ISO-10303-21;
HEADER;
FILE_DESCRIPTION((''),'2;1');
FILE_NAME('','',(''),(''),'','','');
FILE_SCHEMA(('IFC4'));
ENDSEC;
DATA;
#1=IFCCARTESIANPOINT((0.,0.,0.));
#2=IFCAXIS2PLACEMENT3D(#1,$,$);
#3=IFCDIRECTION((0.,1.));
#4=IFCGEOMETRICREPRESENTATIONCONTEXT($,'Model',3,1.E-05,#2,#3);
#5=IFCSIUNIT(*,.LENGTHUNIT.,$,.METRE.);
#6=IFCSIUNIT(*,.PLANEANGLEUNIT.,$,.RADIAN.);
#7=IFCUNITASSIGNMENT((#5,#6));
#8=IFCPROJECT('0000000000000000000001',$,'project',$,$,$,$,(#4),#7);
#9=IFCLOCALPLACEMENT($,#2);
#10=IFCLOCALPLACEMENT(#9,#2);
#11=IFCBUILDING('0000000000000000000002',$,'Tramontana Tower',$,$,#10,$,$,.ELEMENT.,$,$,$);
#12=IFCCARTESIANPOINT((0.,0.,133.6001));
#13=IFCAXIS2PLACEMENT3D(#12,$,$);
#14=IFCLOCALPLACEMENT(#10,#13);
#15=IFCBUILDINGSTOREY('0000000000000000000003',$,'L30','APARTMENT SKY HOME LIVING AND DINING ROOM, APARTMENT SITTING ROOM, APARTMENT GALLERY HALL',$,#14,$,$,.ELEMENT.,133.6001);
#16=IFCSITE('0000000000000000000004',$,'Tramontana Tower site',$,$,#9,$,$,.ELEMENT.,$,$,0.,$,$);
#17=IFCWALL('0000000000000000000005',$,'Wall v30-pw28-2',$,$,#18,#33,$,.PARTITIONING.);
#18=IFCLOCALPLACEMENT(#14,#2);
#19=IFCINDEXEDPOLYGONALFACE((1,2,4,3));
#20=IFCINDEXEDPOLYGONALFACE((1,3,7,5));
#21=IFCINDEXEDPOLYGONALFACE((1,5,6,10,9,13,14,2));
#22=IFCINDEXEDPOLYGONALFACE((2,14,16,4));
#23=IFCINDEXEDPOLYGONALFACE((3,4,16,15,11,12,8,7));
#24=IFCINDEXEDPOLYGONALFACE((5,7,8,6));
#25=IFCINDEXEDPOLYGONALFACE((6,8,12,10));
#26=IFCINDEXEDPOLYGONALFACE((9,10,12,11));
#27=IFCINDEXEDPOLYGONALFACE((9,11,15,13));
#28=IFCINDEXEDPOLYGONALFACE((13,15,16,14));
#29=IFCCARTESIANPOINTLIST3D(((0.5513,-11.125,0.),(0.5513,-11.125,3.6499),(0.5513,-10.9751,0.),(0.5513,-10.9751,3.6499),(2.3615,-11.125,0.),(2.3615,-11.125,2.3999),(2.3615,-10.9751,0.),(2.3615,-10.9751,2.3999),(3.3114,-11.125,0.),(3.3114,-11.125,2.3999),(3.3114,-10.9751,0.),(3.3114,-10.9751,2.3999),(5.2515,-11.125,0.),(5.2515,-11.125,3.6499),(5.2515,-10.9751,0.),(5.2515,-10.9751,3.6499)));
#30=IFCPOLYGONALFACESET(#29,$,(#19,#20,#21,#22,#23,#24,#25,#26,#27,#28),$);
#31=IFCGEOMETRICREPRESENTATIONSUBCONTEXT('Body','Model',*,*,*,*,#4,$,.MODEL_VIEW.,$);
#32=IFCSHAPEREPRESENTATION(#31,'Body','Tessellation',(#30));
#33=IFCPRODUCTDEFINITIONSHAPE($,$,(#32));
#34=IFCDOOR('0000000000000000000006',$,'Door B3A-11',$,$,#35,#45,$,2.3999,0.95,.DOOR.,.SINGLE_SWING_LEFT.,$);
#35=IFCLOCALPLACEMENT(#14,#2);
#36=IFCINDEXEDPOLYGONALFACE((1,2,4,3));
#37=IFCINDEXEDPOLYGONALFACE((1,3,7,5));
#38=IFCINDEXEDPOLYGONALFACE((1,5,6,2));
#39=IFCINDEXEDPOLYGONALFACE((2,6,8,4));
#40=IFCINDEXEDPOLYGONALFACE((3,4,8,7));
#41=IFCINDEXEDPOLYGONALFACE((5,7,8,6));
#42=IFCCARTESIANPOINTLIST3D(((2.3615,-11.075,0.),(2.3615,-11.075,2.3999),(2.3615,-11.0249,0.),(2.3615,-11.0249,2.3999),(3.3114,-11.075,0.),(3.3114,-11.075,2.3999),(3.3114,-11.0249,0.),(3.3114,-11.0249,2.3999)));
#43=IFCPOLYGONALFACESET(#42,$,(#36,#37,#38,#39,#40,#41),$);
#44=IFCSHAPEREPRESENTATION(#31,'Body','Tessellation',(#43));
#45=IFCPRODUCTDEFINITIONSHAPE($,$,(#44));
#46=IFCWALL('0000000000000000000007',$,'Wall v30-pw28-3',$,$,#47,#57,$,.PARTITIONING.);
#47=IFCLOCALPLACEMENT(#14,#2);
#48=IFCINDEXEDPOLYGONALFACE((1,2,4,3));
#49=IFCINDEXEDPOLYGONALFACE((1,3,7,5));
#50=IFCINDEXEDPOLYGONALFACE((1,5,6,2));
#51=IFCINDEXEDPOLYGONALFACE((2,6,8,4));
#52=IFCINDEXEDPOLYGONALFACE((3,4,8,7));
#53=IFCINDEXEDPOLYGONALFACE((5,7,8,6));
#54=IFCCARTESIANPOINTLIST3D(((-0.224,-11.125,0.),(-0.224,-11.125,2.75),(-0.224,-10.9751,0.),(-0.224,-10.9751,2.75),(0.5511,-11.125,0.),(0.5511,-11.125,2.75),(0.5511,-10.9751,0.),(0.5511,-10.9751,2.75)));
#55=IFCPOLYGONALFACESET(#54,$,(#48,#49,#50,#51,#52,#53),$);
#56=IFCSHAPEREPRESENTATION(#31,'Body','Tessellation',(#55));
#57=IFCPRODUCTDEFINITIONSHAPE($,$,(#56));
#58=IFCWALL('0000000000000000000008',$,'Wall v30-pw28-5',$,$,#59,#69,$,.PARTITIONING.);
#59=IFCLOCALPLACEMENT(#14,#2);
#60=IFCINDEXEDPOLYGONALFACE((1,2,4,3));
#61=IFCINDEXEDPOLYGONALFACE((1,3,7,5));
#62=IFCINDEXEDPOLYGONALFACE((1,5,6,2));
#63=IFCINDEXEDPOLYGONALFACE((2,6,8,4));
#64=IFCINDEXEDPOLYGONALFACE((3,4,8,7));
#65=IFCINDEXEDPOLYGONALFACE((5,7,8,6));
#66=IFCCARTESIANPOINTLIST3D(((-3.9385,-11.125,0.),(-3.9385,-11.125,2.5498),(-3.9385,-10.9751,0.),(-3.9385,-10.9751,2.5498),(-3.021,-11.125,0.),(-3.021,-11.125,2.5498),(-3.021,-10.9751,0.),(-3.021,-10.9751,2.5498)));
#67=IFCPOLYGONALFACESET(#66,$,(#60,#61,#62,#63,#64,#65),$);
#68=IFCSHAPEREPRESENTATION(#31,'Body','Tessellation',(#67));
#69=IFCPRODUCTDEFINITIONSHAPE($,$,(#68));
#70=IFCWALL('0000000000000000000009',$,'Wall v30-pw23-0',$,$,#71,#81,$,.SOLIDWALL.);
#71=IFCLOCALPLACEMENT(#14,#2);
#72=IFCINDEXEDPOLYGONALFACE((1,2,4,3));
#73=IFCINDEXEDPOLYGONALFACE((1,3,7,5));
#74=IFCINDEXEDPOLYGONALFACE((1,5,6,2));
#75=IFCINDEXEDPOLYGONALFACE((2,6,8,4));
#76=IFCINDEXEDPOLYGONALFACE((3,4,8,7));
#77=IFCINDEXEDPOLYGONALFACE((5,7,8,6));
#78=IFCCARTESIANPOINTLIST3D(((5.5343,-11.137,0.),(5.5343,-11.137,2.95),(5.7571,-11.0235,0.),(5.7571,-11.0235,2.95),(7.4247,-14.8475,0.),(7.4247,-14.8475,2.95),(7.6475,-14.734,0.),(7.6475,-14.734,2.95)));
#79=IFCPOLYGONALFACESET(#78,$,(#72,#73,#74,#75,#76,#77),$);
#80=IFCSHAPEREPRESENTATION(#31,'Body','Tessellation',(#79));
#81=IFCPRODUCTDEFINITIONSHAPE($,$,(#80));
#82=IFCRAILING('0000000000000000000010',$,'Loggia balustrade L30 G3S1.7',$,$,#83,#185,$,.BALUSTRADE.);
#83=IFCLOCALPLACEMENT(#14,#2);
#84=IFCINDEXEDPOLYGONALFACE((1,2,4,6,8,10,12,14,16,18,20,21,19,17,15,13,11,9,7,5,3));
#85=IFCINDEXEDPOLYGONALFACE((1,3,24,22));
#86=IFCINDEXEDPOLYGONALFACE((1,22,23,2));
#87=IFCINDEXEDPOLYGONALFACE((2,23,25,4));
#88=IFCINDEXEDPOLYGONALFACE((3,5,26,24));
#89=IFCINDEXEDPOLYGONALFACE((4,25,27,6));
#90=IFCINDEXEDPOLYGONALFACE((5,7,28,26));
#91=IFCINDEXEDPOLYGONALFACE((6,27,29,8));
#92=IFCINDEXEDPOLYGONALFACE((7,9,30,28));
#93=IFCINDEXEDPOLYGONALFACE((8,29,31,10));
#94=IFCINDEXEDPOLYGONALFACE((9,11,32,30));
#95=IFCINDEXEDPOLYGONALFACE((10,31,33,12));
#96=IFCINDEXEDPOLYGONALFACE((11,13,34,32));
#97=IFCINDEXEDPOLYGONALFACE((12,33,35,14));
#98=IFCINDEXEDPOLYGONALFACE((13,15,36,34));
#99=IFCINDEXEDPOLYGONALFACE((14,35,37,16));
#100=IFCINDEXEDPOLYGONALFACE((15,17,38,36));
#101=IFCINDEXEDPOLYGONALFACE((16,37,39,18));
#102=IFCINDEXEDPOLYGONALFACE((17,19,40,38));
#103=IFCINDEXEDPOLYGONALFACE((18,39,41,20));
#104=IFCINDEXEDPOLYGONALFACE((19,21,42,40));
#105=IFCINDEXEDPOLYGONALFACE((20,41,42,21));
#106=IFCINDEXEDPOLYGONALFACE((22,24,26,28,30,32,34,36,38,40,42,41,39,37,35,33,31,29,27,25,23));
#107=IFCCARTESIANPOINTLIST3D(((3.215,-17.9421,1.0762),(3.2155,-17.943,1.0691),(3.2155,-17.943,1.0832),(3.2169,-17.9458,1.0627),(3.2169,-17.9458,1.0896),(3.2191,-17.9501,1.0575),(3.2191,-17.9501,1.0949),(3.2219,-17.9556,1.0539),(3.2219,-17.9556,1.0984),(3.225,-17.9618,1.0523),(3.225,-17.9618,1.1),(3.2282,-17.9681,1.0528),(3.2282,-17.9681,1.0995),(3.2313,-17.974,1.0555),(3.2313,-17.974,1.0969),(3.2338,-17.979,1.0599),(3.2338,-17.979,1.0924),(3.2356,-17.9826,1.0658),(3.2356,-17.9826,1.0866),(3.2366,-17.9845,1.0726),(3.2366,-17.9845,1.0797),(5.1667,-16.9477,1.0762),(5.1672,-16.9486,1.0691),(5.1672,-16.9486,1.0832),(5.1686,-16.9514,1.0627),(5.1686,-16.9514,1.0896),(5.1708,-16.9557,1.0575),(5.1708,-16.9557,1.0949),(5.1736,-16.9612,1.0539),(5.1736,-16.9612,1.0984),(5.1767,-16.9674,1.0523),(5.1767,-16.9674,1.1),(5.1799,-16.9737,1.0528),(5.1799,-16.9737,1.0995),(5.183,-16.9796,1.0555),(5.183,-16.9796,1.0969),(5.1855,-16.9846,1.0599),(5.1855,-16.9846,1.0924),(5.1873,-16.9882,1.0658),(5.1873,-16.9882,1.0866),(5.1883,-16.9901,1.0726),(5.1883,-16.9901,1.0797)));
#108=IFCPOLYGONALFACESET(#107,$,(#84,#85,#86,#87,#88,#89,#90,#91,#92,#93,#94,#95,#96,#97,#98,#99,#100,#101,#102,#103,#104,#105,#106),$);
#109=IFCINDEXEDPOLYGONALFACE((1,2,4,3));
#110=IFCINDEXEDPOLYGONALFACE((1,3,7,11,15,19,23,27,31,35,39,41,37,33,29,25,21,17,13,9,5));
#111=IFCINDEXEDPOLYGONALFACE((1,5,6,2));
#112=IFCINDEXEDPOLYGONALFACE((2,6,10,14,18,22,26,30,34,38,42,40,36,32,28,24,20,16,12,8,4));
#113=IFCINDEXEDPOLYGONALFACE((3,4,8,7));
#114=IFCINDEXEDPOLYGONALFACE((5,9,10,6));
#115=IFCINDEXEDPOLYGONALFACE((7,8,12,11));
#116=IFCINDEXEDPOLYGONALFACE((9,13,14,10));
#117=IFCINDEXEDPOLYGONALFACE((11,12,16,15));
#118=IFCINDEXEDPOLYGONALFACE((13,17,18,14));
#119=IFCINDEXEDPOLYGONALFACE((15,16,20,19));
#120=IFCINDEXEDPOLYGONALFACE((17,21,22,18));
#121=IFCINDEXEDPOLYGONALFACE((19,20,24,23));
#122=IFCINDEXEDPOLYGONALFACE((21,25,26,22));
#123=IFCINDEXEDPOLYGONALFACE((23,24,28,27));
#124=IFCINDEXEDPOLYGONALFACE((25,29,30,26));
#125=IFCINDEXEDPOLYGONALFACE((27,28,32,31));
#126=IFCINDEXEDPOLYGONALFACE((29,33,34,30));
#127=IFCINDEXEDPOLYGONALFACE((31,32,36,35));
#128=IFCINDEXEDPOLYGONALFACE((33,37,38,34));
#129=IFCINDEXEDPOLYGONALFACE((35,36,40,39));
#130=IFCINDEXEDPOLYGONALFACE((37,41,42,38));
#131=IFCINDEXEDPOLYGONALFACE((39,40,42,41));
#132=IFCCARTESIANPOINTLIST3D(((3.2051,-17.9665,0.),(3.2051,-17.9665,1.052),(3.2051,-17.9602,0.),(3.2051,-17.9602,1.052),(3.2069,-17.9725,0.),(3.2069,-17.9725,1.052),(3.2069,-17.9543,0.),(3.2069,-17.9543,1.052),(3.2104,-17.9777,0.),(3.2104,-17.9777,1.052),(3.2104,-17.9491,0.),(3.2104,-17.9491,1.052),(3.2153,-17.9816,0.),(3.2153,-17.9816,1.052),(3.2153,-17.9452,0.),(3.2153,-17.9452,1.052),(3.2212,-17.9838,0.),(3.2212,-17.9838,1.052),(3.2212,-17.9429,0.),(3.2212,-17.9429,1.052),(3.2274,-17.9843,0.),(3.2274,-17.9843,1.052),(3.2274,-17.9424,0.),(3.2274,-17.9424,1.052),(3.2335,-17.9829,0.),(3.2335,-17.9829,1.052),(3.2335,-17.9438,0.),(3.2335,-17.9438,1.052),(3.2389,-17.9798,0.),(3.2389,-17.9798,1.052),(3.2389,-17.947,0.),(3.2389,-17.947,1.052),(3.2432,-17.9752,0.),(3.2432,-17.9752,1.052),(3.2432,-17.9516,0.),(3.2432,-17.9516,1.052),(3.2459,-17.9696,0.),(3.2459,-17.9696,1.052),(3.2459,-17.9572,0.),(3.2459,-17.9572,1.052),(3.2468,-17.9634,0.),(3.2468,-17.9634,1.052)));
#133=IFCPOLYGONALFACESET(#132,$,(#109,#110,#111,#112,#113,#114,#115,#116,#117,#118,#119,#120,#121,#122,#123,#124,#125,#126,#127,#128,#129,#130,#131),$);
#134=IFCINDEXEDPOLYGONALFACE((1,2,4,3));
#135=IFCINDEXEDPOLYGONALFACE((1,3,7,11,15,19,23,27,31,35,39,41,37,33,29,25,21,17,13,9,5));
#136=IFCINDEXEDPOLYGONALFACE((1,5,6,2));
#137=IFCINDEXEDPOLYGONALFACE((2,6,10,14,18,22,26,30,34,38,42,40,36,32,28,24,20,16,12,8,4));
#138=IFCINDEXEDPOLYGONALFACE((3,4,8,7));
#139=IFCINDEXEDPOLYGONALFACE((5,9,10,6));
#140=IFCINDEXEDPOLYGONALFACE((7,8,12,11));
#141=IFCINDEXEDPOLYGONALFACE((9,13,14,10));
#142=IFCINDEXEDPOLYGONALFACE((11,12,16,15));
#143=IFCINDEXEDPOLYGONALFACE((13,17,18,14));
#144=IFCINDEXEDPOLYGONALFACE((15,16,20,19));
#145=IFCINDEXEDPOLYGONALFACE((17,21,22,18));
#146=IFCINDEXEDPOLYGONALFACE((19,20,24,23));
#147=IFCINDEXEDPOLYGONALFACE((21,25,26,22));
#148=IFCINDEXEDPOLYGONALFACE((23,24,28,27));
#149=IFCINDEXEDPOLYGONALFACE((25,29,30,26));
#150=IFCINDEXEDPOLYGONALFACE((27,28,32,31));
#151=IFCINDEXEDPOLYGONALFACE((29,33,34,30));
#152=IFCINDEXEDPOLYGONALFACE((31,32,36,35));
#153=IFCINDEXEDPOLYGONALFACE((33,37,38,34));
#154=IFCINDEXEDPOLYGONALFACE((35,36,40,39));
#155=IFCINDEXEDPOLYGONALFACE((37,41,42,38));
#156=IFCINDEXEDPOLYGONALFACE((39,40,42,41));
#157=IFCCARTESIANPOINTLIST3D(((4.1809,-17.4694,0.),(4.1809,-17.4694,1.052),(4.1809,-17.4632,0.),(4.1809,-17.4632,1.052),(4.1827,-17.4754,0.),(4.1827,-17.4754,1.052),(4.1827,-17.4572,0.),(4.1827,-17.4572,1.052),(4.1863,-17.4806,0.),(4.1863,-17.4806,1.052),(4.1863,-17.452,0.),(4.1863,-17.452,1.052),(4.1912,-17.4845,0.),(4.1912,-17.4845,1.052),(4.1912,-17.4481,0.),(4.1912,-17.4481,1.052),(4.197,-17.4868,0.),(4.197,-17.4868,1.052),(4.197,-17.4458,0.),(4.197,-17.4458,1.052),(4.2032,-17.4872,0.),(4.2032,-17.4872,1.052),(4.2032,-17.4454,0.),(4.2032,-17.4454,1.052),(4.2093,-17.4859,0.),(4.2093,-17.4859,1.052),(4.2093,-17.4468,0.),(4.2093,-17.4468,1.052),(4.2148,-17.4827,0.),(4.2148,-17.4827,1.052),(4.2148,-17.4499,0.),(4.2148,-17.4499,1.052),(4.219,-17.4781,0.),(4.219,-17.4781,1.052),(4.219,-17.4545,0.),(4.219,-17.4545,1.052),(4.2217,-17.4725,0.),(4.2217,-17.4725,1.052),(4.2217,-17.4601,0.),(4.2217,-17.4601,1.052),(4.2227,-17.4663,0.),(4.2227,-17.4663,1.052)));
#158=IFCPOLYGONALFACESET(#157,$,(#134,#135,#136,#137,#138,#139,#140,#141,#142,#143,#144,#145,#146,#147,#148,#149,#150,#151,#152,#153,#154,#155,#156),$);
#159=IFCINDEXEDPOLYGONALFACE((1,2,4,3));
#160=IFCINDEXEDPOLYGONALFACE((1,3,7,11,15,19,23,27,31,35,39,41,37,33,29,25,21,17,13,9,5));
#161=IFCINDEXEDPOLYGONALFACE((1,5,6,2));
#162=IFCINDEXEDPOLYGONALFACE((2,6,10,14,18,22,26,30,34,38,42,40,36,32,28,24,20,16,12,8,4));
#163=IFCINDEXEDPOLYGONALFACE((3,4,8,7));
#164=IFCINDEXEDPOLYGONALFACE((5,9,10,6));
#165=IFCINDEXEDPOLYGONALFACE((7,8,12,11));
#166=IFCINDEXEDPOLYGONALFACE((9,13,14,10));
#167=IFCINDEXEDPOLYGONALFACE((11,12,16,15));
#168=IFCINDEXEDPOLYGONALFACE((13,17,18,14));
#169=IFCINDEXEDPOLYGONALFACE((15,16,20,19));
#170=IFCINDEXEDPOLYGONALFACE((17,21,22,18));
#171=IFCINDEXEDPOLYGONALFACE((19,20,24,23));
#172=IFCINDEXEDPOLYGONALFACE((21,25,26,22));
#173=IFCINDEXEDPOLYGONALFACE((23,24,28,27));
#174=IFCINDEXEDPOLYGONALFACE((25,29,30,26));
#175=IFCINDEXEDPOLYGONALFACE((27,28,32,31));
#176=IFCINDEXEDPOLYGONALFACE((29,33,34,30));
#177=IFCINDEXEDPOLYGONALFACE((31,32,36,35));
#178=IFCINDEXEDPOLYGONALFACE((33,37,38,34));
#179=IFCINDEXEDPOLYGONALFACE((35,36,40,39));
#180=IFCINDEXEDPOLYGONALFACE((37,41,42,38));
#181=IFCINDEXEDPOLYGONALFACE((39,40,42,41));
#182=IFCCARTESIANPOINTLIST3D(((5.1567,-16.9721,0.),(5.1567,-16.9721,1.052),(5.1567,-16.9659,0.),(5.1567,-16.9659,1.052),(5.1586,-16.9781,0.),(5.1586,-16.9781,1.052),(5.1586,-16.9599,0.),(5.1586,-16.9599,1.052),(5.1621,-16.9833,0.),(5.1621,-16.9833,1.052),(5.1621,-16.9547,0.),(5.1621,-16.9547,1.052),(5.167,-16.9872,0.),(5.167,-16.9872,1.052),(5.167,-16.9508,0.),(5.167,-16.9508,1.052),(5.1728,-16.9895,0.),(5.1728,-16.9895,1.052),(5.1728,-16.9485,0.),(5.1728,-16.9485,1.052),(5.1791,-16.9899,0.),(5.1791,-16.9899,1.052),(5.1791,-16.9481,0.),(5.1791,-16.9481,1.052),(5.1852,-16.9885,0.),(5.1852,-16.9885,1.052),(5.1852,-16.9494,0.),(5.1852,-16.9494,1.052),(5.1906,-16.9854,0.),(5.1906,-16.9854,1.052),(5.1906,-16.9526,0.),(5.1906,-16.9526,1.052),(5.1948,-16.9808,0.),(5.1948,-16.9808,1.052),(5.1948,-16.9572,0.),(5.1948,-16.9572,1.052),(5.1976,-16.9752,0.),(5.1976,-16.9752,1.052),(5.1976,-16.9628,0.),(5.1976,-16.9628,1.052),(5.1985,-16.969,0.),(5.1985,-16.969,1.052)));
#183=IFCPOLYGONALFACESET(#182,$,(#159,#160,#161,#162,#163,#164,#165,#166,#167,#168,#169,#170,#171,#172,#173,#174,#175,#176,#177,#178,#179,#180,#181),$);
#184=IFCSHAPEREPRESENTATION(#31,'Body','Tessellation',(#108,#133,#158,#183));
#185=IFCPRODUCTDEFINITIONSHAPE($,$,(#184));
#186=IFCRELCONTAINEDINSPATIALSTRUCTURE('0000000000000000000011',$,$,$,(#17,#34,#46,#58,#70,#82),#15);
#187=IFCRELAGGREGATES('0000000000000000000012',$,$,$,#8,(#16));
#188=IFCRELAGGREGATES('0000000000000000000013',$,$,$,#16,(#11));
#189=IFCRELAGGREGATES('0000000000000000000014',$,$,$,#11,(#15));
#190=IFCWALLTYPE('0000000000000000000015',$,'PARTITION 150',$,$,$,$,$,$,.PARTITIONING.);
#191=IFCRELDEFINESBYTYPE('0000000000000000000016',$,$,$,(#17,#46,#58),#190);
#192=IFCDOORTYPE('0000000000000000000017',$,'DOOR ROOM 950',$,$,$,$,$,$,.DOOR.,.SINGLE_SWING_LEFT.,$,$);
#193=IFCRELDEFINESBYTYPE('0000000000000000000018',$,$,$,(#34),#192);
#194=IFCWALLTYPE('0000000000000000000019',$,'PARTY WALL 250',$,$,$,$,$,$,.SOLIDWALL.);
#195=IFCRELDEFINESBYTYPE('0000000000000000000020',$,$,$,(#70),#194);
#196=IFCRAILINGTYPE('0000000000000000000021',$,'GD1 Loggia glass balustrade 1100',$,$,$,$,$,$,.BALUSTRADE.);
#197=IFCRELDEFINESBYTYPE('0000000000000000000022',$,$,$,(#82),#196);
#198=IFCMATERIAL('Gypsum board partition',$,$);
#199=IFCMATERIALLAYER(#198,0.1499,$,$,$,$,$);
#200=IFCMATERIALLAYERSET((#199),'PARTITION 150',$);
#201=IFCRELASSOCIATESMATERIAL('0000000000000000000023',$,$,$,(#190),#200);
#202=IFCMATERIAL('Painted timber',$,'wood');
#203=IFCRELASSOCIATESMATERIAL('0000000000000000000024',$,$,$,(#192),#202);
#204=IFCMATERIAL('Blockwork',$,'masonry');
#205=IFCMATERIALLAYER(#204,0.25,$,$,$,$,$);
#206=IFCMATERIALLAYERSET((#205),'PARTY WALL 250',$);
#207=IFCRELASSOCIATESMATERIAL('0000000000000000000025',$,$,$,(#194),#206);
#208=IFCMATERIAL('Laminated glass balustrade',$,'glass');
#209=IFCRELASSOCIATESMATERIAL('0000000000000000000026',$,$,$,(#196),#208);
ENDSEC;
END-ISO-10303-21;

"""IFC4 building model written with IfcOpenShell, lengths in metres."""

from ifc_helpers import new_model, si_unit, direction, frame, frame_2d, origin, origin_2d, place, context, subcontext, project, spatial, rectangle, circle, extrude, material, layer, layer_set, type_object, element, fill, save


model = new_model("IFC4")

# Units and contexts
model_context = context("Model", 3, precision=1e-05, world=origin(), true_north=direction((0.0, 1.0)))
body_context = subcontext(model_context, "Body", "Model", "MODEL_VIEW")
ifc_project = project(units=[si_unit("LENGTHUNIT", "METRE"), si_unit("PLANEANGLEUNIT", "RADIAN")], contexts=[model_context])

# Site, building, storey
site_placement = place(None, origin())
site = spatial("IfcSite", under=ifc_project, at=site_placement, Name="Tramontana Tower site", CompositionType="ELEMENT", RefElevation=0.0)
building_placement = place(site_placement, origin())
building = spatial("IfcBuilding", under=site, at=building_placement, Name="Tramontana Tower", CompositionType="ELEMENT")
storey_placement = place(building_placement, frame((0.0, 0.0, 133.6001)))
storey = spatial("IfcBuildingStorey", under=building, at=storey_placement, Name="L30", Description="APARTMENT SKY HOME LIVING AND DINING ROOM, APARTMENT SITTING ROOM, APARTMENT GALLERY HALL", CompositionType="ELEMENT", Elevation=133.6001)

# Shared definitions
ifc_material_1 = material(Name="Gypsum board partition")
ifc_layer_1 = layer(ifc_material_1, 0.1499)
ifc_layer_set_1 = layer_set([ifc_layer_1], Name="PARTITION 150")
wall_type_1 = type_object("IfcWallType", Name="PARTITION 150", PredefinedType="PARTITIONING", material=ifc_layer_set_1)

# Wall, opening, door
wall_1_placement = place(storey_placement, frame((5.2515, -11.05, 0.0), z_axis=(0.0, 0.0, 1.0), x_axis=(-1.0, 0.0, 0.0)))
wall_1 = element("IfcWall", 1, at=wall_1_placement, inside=storey, type_object=wall_type_1, Name="Wall v30-pw28-2", PredefinedType="PARTITIONING", context=body_context, shape_type="SweptSolid", body=[
    extrude(rectangle(XDim=4.7002, YDim=0.1499, at=frame_2d((2.3501, 0.0))), origin(), (0.0, 0.0, 1.0), 3.6499),
])
opening_1_placement = place(wall_1_placement, frame((1.9399, 0.0, 0.0)))
opening_1 = element("IfcOpeningElement", 2, at=opening_1_placement, cuts=wall_1, PredefinedType="OPENING", context=body_context, shape_type="SweptSolid", body=[
    extrude(rectangle(XDim=0.95, YDim=2.3999, at=frame_2d((0.4751, 1.2))), frame((0.0, 0.085, 0.0), z_axis=(0.0, -1.0, 0.0), x_axis=(1.0, 0.0, 0.0)), (0.0, 0.0, 1.0), 0.1699),
])
ifc_material_2 = material(Name="Painted timber", Category="wood")
door_type_1 = type_object("IfcDoorType", Name="DOOR ROOM 950", OperationType="SINGLE_SWING_LEFT", PredefinedType="DOOR", material=ifc_material_2)
door_1_placement = place(opening_1_placement, origin())
door_1 = element("IfcDoor", 3, at=door_1_placement, inside=storey, type_object=door_type_1, Name="Door B3A-11", OperationType="SINGLE_SWING_LEFT", OverallHeight=2.3999, OverallWidth=0.95, PredefinedType="DOOR", context=body_context, shape_type="SweptSolid", body=[
    extrude(rectangle(XDim=0.95, YDim=2.3999, at=frame_2d((0.4751, 1.2))), frame((0.0, 0.0249, 0.0), z_axis=(0.0, -1.0, 0.0), x_axis=(1.0, 0.0, 0.0)), (0.0, 0.0, 1.0), 0.05),
])
fill(opening_1, door_1)

# Wall
wall_2_placement = place(storey_placement, frame((0.5513, -11.05, 0.0), z_axis=(0.0, 0.0, 1.0), x_axis=(-1.0, 0.0, 0.0)))
element("IfcWall", 4, at=wall_2_placement, inside=storey, type_object=wall_type_1, Name="Wall v30-pw28-3", PredefinedType="PARTITIONING", context=body_context, shape_type="SweptSolid", body=[
    extrude(rectangle(XDim=0.7751, YDim=0.1499, at=frame_2d((0.3877, 0.0))), origin(), (0.0, 0.0, 1.0), 2.75),
])

# Walls
wall_3_placement = place(storey_placement, frame((-3.021, -11.05, 0.0), z_axis=(0.0, 0.0, 1.0), x_axis=(-1.0, 0.0, 0.0)))
element("IfcWall", 5, at=wall_3_placement, inside=storey, type_object=wall_type_1, Name="Wall v30-pw28-5", PredefinedType="PARTITIONING", context=body_context, shape_type="SweptSolid", body=[
    extrude(rectangle(XDim=0.9175, YDim=0.1499, at=frame_2d((0.4587, 0.0))), origin(), (0.0, 0.0, 1.0), 2.5498),
])
ifc_material_3 = material(Name="Blockwork", Category="masonry")
ifc_layer_2 = layer(ifc_material_3, 0.25)
ifc_layer_set_2 = layer_set([ifc_layer_2], Name="PARTY WALL 250")
wall_type_2 = type_object("IfcWallType", Name="PARTY WALL 250", PredefinedType="SOLIDWALL", material=ifc_layer_set_2)
wall_4_placement = place(storey_placement, frame((5.6458, -11.0803, 0.0), z_axis=(0.0, 0.0, 1.0), x_axis=(0.453955, -0.891025, 0.0)))
element("IfcWall", 6, at=wall_4_placement, inside=storey, type_object=wall_type_2, Name="Wall v30-pw23-0", PredefinedType="SOLIDWALL", context=body_context, shape_type="SweptSolid", body=[
    extrude(rectangle(XDim=4.1643, YDim=0.25, at=frame_2d((2.082, 0.0))), origin(), (0.0, 0.0, 1.0), 2.95),
])

# Railing
ifc_material_4 = material(Name="Laminated glass balustrade", Category="glass")
railing_type = type_object("IfcRailingType", Name="GD1 Loggia glass balustrade 1100", PredefinedType="BALUSTRADE", material=ifc_material_4)
railing_placement = place(storey_placement, frame((3.2258, -17.9634, 0.0)))
element("IfcRailing", 7, at=railing_placement, inside=storey, type_object=railing_type, Name="Loggia balustrade L30 G3S1.7", PredefinedType="BALUSTRADE", context=body_context, shape_type="SweptSolid", body=[
    extrude(circle(Radius=0.0239, at=origin_2d()), frame((0.0, 0.0, 1.0762), z_axis=(0.891013, 0.453978, 0.0), x_axis=(-0.453978, 0.891013, 0.0)), (0.0, 0.0, 1.0), 2.1904),
    extrude(circle(Radius=0.021, at=origin_2d()), origin(), (0.0, 0.0, 1.0), 1.052),
    extrude(circle(Radius=0.021, at=origin_2d()), frame((0.9758, 0.4971, 0.0)), (0.0, 0.0, 1.0), 1.052),
    extrude(circle(Radius=0.021, at=origin_2d()), frame((1.9517, 0.9944, 0.0)), (0.0, 0.0, 1.0), 1.052),
])

save(model, "model.ifc")
